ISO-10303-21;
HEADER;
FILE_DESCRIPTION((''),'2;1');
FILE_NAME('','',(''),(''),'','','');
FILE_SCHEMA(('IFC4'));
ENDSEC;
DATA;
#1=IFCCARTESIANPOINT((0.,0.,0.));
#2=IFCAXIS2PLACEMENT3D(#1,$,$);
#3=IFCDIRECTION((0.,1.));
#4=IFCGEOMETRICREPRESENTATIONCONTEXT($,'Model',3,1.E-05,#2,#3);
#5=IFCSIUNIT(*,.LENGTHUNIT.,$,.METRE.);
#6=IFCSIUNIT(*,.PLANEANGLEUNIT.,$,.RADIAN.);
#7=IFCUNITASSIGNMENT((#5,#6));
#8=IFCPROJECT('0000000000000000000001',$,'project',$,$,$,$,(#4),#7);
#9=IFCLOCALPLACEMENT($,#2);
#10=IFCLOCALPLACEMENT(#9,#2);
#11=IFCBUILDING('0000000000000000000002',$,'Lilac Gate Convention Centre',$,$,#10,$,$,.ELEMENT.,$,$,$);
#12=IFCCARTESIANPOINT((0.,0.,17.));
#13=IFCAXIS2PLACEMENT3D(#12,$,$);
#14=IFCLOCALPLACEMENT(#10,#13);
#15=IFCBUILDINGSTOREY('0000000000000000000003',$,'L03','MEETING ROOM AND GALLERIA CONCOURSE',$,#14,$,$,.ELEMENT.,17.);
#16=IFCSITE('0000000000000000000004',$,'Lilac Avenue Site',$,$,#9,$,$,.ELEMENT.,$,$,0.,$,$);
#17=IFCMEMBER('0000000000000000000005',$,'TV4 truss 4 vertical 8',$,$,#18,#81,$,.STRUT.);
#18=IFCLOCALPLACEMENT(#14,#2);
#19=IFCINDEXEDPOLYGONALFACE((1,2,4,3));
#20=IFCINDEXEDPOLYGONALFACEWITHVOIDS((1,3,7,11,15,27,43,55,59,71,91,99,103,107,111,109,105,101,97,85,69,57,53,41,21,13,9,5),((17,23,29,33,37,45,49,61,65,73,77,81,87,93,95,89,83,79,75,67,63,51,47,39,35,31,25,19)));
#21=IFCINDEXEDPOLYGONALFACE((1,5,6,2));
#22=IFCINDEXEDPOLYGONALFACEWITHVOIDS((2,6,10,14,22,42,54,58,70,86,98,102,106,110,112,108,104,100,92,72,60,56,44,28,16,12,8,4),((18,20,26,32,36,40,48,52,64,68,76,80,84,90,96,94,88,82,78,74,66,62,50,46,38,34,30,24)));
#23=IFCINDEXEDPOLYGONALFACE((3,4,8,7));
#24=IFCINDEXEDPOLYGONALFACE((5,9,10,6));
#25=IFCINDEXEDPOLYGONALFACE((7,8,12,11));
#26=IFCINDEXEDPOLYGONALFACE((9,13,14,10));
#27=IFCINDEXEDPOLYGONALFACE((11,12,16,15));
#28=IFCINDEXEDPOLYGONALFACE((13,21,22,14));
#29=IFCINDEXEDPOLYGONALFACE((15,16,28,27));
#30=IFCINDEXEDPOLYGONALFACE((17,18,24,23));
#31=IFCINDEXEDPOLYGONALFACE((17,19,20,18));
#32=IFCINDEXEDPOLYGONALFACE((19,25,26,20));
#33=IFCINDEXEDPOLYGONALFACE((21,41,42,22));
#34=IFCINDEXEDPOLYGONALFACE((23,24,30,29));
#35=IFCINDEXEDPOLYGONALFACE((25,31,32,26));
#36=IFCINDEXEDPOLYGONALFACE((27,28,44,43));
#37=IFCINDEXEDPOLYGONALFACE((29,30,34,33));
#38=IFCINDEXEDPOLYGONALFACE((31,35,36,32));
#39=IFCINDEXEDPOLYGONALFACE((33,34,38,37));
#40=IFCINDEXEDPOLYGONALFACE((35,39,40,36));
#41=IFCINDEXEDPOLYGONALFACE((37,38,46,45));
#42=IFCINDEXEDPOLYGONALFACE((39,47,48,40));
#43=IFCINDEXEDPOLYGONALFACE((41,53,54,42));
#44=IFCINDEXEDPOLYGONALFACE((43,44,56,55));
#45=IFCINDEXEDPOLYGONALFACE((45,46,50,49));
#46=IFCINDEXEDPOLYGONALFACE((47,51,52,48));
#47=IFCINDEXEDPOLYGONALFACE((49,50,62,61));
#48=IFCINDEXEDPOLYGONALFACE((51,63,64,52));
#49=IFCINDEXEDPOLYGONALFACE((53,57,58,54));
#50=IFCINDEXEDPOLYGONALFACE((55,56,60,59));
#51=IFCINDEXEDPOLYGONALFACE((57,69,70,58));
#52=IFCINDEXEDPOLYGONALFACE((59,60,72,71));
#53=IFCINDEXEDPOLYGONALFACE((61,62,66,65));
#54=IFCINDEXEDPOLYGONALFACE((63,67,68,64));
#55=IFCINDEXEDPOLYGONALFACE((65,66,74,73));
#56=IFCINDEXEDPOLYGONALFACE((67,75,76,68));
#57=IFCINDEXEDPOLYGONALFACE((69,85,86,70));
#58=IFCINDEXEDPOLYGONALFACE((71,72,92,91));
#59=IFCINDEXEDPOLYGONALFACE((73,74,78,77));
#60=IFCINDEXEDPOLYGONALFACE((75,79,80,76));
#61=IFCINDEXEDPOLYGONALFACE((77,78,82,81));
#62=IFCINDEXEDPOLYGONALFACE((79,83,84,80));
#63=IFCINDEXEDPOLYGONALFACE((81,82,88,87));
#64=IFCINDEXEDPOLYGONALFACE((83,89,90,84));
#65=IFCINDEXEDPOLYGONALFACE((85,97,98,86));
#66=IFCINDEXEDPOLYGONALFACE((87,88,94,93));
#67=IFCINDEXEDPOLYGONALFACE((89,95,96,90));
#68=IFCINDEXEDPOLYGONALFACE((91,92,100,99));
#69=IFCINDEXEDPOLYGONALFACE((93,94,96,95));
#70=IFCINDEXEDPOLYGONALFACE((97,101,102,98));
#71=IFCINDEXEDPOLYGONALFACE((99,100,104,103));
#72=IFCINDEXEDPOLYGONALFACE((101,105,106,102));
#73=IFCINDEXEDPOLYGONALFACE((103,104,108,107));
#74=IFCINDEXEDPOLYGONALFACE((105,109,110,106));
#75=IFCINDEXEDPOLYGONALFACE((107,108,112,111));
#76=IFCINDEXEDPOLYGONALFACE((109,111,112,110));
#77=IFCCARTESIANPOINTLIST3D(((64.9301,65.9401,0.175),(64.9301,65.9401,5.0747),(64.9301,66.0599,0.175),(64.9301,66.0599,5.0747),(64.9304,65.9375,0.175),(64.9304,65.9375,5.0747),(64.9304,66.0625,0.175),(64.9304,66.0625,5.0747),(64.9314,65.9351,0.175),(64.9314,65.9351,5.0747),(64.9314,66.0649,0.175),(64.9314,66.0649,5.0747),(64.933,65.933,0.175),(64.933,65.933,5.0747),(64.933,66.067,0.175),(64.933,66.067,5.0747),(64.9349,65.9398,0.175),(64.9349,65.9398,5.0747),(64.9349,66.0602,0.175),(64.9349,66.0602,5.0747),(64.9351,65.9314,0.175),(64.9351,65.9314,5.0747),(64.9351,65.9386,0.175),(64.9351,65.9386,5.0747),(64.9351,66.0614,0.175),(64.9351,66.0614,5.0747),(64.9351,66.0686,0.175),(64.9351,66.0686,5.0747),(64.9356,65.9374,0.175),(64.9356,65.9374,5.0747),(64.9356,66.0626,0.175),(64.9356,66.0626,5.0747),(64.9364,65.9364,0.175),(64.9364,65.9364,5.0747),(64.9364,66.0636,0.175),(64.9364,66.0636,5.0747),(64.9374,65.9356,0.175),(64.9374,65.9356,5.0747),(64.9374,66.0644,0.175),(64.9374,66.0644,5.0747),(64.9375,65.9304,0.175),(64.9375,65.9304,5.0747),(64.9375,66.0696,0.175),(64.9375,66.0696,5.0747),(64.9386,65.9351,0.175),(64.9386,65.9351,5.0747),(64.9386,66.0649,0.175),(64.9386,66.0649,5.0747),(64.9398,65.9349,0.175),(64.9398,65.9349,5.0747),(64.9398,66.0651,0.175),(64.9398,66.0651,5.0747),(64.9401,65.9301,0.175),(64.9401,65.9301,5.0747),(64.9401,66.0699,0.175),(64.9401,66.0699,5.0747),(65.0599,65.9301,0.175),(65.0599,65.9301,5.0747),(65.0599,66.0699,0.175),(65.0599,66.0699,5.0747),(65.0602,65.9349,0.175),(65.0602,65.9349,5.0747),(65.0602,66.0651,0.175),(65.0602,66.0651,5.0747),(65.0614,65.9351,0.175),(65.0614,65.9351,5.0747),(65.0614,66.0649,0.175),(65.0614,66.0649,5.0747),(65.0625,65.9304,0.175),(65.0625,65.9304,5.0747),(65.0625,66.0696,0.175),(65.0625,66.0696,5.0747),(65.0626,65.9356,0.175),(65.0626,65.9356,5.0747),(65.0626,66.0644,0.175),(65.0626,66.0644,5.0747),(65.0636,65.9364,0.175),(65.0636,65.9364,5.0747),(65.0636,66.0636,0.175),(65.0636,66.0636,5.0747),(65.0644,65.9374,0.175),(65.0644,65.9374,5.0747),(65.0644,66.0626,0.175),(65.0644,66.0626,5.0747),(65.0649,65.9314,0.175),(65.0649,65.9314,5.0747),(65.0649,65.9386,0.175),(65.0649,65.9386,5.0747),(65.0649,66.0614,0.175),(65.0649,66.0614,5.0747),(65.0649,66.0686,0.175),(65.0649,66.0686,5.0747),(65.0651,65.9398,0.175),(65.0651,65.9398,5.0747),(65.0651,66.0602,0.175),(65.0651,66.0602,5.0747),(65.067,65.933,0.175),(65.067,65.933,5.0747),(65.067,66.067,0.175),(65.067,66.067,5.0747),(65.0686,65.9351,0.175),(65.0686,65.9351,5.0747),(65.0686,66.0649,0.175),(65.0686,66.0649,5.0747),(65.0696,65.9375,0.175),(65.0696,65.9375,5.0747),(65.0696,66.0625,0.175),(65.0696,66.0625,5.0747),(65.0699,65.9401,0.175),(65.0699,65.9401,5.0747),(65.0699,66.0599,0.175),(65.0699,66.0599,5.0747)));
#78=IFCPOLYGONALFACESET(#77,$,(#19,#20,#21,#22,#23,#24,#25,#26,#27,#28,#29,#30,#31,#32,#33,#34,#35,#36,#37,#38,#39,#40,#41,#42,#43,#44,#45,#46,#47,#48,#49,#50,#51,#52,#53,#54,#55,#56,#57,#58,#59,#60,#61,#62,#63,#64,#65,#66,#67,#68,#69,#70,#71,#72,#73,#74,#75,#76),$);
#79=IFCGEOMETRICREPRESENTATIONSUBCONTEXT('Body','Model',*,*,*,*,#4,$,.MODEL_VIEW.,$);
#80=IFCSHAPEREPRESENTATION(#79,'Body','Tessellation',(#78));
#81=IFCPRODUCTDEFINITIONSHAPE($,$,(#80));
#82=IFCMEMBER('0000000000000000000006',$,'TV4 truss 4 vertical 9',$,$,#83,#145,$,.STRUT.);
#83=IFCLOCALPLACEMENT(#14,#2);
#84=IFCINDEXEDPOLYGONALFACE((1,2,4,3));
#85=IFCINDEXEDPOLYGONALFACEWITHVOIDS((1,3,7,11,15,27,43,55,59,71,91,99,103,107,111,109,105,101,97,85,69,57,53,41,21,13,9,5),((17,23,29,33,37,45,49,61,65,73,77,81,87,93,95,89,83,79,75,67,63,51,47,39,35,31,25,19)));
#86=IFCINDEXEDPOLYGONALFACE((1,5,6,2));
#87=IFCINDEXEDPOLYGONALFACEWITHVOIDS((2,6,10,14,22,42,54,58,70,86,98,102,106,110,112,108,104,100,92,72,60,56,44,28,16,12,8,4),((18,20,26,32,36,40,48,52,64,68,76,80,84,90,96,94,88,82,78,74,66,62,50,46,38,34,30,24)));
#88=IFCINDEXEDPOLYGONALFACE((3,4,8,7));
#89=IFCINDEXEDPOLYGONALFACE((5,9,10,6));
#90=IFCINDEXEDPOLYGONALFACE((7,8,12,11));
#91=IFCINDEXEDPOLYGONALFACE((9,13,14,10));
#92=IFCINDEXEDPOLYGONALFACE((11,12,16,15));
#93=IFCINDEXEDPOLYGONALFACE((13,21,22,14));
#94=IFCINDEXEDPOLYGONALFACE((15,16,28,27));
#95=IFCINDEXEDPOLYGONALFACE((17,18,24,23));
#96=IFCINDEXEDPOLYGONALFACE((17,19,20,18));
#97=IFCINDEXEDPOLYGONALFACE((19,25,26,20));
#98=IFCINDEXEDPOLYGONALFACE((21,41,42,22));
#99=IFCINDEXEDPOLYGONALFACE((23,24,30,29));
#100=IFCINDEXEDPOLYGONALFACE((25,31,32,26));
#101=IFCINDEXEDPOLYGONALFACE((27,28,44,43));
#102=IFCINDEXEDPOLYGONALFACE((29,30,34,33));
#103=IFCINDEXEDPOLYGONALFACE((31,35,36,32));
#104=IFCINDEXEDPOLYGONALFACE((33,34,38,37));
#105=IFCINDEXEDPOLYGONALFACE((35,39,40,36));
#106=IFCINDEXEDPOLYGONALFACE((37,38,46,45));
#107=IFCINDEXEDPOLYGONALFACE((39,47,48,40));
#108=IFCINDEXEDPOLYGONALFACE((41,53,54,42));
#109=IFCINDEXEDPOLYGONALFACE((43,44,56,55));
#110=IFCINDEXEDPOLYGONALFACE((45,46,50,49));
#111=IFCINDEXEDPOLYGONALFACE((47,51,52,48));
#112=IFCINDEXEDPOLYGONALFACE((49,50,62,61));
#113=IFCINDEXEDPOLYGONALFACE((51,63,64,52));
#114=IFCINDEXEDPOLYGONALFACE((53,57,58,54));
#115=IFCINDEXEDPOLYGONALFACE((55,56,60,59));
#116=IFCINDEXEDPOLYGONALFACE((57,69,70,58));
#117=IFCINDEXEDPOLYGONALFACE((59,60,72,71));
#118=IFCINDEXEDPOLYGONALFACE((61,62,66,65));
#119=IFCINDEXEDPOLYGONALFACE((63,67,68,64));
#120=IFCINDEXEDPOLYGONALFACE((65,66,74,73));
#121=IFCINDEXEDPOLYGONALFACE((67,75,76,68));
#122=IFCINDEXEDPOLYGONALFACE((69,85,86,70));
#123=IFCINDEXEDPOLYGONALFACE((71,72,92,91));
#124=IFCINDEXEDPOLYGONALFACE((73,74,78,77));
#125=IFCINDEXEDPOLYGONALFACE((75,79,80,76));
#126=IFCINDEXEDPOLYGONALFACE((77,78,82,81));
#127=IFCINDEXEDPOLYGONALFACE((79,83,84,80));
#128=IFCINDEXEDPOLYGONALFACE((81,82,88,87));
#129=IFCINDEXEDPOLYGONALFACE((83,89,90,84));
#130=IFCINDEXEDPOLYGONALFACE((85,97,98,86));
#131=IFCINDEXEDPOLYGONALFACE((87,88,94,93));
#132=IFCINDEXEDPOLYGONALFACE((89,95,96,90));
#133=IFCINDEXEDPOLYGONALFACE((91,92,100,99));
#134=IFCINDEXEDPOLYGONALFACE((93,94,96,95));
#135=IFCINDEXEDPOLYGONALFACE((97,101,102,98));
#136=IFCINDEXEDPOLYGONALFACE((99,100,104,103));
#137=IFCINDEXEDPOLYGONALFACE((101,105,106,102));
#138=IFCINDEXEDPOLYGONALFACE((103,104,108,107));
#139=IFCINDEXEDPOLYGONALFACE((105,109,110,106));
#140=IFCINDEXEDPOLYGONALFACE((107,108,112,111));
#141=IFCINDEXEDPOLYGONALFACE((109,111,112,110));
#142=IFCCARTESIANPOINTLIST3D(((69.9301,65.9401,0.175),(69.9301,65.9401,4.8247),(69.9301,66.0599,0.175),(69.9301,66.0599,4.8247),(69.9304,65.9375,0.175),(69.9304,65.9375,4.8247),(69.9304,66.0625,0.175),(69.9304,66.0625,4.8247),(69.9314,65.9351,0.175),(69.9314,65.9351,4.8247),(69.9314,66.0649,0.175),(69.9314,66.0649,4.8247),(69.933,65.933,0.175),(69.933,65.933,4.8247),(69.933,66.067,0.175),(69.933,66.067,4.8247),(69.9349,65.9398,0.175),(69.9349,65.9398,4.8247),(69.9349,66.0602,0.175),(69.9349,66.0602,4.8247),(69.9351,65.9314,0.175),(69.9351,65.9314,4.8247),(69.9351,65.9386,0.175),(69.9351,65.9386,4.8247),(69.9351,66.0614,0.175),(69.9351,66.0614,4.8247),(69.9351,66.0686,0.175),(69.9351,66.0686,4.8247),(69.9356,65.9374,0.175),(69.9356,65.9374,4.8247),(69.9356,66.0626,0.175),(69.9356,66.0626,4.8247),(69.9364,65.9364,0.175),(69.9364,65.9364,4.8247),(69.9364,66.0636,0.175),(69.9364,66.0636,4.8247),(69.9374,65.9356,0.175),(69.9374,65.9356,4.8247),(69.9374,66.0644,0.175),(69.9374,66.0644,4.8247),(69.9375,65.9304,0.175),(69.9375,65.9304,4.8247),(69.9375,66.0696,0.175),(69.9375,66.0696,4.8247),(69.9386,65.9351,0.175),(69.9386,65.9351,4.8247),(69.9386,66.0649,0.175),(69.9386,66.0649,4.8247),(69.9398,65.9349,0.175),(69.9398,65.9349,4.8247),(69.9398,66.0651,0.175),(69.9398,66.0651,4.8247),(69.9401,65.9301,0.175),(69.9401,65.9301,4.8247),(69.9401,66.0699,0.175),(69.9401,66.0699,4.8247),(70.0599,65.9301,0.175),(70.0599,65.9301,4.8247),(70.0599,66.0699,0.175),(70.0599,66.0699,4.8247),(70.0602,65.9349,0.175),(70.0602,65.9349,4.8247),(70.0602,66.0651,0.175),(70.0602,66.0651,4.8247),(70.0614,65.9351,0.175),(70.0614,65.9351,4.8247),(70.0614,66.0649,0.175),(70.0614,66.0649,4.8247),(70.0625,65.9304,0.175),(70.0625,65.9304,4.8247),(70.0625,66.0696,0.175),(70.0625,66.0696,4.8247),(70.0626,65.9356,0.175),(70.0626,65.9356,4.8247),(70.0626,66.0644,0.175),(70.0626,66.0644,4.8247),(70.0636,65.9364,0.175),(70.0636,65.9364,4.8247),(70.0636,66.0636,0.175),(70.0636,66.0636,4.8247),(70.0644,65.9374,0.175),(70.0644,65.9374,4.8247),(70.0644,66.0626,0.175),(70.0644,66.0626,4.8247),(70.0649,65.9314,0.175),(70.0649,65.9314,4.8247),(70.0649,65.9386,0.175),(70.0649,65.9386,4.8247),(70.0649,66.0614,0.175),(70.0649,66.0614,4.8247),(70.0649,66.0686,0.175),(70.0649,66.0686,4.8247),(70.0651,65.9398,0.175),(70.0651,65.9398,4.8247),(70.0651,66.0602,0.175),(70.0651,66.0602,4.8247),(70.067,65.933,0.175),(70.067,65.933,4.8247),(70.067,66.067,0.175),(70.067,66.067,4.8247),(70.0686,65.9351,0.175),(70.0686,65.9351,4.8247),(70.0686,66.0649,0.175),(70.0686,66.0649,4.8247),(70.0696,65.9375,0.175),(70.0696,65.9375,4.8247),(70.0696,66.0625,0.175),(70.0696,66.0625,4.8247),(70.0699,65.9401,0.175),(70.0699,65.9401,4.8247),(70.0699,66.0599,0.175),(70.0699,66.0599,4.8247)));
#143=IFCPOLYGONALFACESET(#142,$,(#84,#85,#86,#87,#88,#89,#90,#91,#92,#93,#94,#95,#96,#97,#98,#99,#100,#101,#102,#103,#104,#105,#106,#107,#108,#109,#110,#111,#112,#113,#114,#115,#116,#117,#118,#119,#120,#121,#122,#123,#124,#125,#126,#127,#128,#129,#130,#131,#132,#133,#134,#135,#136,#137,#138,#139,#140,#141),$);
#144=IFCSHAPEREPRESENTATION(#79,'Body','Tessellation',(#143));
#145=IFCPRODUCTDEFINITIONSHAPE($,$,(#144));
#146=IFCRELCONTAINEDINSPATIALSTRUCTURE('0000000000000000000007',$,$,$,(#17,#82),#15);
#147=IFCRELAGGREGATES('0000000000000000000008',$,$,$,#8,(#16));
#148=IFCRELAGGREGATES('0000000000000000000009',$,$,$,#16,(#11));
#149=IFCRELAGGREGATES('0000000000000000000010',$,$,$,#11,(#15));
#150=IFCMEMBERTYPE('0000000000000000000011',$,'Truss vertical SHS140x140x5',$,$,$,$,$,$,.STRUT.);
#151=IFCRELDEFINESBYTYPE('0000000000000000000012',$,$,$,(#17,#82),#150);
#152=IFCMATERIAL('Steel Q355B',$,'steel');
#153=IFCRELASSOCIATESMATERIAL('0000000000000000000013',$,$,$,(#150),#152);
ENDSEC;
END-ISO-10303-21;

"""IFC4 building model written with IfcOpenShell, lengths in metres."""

from ifc_helpers import new_model, si_unit, direction, frame, origin, origin_2d, place, context, subcontext, project, spatial, hollow_rectangle, extrude, material, material_profile, profile_set, type_object, element, save


model = new_model("IFC4")

# Units and contexts
model_context = context("Model", 3, precision=1e-05, world=origin(), true_north=direction((0.0, 1.0)))
body_context = subcontext(model_context, "Body", "Model", "MODEL_VIEW")
ifc_project = project(units=[si_unit("LENGTHUNIT", "METRE"), si_unit("PLANEANGLEUNIT", "RADIAN")], contexts=[model_context])

# Site, building, storey
site_placement = place(None, origin())
site = spatial("IfcSite", under=ifc_project, at=site_placement, Name="Lilac Avenue Site", CompositionType="ELEMENT", RefElevation=0.0)
building_placement = place(site_placement, origin())
building = spatial("IfcBuilding", under=site, at=building_placement, Name="Lilac Gate Convention Centre", CompositionType="ELEMENT")
storey_placement = place(building_placement, frame((0.0, 0.0, 17.0)))
storey = spatial("IfcBuildingStorey", under=building, at=storey_placement, Name="L03", Description="MEETING ROOM AND GALLERIA CONCOURSE", CompositionType="ELEMENT", Elevation=17.0)

# Members
ifc_material = material(Name="Steel Q355B", Category="steel")
ifc_material_profile_1 = material_profile(ifc_material, hollow_rectangle(XDim=0.1399, YDim=0.1399, WallThickness=0.0049, InnerFilletRadius=0.0049, OuterFilletRadius=0.01, at=origin_2d()), Name="SHS140x140x5")
ifc_profile_set_1 = profile_set([ifc_material_profile_1], Name="Steel Q355B")
member_type_1 = type_object("IfcMemberType", Name="Truss vertical SHS140x140x5", PredefinedType="STRUT", material=ifc_profile_set_1)
member_1_placement = place(storey_placement, frame((65.0, 66.0, 0.175), z_axis=(0.0, 0.0, 1.0), x_axis=(1.0, 0.0, 0.0)))
element("IfcMember", 1, at=member_1_placement, inside=storey, type_object=member_type_1, Name="TV4 truss 4 vertical 8", PredefinedType="STRUT", context=body_context, shape_type="SweptSolid", body=[
    extrude(hollow_rectangle(XDim=0.1399, YDim=0.1399, WallThickness=0.0049, InnerFilletRadius=0.0049, OuterFilletRadius=0.01, at=origin_2d()), origin(), (0.0, 0.0, 1.0), 4.8997),
])
member_2_placement = place(storey_placement, frame((70.0, 66.0, 0.175), z_axis=(0.0, 0.0, 1.0), x_axis=(1.0, 0.0, 0.0)))
element("IfcMember", 2, at=member_2_placement, inside=storey, type_object=member_type_1, Name="TV4 truss 4 vertical 9", PredefinedType="STRUT", context=body_context, shape_type="SweptSolid", body=[
    extrude(hollow_rectangle(XDim=0.1399, YDim=0.1399, WallThickness=0.0049, InnerFilletRadius=0.0049, OuterFilletRadius=0.01, at=origin_2d()), origin(), (0.0, 0.0, 1.0), 4.6497),
])

save(model, "model.ifc")
